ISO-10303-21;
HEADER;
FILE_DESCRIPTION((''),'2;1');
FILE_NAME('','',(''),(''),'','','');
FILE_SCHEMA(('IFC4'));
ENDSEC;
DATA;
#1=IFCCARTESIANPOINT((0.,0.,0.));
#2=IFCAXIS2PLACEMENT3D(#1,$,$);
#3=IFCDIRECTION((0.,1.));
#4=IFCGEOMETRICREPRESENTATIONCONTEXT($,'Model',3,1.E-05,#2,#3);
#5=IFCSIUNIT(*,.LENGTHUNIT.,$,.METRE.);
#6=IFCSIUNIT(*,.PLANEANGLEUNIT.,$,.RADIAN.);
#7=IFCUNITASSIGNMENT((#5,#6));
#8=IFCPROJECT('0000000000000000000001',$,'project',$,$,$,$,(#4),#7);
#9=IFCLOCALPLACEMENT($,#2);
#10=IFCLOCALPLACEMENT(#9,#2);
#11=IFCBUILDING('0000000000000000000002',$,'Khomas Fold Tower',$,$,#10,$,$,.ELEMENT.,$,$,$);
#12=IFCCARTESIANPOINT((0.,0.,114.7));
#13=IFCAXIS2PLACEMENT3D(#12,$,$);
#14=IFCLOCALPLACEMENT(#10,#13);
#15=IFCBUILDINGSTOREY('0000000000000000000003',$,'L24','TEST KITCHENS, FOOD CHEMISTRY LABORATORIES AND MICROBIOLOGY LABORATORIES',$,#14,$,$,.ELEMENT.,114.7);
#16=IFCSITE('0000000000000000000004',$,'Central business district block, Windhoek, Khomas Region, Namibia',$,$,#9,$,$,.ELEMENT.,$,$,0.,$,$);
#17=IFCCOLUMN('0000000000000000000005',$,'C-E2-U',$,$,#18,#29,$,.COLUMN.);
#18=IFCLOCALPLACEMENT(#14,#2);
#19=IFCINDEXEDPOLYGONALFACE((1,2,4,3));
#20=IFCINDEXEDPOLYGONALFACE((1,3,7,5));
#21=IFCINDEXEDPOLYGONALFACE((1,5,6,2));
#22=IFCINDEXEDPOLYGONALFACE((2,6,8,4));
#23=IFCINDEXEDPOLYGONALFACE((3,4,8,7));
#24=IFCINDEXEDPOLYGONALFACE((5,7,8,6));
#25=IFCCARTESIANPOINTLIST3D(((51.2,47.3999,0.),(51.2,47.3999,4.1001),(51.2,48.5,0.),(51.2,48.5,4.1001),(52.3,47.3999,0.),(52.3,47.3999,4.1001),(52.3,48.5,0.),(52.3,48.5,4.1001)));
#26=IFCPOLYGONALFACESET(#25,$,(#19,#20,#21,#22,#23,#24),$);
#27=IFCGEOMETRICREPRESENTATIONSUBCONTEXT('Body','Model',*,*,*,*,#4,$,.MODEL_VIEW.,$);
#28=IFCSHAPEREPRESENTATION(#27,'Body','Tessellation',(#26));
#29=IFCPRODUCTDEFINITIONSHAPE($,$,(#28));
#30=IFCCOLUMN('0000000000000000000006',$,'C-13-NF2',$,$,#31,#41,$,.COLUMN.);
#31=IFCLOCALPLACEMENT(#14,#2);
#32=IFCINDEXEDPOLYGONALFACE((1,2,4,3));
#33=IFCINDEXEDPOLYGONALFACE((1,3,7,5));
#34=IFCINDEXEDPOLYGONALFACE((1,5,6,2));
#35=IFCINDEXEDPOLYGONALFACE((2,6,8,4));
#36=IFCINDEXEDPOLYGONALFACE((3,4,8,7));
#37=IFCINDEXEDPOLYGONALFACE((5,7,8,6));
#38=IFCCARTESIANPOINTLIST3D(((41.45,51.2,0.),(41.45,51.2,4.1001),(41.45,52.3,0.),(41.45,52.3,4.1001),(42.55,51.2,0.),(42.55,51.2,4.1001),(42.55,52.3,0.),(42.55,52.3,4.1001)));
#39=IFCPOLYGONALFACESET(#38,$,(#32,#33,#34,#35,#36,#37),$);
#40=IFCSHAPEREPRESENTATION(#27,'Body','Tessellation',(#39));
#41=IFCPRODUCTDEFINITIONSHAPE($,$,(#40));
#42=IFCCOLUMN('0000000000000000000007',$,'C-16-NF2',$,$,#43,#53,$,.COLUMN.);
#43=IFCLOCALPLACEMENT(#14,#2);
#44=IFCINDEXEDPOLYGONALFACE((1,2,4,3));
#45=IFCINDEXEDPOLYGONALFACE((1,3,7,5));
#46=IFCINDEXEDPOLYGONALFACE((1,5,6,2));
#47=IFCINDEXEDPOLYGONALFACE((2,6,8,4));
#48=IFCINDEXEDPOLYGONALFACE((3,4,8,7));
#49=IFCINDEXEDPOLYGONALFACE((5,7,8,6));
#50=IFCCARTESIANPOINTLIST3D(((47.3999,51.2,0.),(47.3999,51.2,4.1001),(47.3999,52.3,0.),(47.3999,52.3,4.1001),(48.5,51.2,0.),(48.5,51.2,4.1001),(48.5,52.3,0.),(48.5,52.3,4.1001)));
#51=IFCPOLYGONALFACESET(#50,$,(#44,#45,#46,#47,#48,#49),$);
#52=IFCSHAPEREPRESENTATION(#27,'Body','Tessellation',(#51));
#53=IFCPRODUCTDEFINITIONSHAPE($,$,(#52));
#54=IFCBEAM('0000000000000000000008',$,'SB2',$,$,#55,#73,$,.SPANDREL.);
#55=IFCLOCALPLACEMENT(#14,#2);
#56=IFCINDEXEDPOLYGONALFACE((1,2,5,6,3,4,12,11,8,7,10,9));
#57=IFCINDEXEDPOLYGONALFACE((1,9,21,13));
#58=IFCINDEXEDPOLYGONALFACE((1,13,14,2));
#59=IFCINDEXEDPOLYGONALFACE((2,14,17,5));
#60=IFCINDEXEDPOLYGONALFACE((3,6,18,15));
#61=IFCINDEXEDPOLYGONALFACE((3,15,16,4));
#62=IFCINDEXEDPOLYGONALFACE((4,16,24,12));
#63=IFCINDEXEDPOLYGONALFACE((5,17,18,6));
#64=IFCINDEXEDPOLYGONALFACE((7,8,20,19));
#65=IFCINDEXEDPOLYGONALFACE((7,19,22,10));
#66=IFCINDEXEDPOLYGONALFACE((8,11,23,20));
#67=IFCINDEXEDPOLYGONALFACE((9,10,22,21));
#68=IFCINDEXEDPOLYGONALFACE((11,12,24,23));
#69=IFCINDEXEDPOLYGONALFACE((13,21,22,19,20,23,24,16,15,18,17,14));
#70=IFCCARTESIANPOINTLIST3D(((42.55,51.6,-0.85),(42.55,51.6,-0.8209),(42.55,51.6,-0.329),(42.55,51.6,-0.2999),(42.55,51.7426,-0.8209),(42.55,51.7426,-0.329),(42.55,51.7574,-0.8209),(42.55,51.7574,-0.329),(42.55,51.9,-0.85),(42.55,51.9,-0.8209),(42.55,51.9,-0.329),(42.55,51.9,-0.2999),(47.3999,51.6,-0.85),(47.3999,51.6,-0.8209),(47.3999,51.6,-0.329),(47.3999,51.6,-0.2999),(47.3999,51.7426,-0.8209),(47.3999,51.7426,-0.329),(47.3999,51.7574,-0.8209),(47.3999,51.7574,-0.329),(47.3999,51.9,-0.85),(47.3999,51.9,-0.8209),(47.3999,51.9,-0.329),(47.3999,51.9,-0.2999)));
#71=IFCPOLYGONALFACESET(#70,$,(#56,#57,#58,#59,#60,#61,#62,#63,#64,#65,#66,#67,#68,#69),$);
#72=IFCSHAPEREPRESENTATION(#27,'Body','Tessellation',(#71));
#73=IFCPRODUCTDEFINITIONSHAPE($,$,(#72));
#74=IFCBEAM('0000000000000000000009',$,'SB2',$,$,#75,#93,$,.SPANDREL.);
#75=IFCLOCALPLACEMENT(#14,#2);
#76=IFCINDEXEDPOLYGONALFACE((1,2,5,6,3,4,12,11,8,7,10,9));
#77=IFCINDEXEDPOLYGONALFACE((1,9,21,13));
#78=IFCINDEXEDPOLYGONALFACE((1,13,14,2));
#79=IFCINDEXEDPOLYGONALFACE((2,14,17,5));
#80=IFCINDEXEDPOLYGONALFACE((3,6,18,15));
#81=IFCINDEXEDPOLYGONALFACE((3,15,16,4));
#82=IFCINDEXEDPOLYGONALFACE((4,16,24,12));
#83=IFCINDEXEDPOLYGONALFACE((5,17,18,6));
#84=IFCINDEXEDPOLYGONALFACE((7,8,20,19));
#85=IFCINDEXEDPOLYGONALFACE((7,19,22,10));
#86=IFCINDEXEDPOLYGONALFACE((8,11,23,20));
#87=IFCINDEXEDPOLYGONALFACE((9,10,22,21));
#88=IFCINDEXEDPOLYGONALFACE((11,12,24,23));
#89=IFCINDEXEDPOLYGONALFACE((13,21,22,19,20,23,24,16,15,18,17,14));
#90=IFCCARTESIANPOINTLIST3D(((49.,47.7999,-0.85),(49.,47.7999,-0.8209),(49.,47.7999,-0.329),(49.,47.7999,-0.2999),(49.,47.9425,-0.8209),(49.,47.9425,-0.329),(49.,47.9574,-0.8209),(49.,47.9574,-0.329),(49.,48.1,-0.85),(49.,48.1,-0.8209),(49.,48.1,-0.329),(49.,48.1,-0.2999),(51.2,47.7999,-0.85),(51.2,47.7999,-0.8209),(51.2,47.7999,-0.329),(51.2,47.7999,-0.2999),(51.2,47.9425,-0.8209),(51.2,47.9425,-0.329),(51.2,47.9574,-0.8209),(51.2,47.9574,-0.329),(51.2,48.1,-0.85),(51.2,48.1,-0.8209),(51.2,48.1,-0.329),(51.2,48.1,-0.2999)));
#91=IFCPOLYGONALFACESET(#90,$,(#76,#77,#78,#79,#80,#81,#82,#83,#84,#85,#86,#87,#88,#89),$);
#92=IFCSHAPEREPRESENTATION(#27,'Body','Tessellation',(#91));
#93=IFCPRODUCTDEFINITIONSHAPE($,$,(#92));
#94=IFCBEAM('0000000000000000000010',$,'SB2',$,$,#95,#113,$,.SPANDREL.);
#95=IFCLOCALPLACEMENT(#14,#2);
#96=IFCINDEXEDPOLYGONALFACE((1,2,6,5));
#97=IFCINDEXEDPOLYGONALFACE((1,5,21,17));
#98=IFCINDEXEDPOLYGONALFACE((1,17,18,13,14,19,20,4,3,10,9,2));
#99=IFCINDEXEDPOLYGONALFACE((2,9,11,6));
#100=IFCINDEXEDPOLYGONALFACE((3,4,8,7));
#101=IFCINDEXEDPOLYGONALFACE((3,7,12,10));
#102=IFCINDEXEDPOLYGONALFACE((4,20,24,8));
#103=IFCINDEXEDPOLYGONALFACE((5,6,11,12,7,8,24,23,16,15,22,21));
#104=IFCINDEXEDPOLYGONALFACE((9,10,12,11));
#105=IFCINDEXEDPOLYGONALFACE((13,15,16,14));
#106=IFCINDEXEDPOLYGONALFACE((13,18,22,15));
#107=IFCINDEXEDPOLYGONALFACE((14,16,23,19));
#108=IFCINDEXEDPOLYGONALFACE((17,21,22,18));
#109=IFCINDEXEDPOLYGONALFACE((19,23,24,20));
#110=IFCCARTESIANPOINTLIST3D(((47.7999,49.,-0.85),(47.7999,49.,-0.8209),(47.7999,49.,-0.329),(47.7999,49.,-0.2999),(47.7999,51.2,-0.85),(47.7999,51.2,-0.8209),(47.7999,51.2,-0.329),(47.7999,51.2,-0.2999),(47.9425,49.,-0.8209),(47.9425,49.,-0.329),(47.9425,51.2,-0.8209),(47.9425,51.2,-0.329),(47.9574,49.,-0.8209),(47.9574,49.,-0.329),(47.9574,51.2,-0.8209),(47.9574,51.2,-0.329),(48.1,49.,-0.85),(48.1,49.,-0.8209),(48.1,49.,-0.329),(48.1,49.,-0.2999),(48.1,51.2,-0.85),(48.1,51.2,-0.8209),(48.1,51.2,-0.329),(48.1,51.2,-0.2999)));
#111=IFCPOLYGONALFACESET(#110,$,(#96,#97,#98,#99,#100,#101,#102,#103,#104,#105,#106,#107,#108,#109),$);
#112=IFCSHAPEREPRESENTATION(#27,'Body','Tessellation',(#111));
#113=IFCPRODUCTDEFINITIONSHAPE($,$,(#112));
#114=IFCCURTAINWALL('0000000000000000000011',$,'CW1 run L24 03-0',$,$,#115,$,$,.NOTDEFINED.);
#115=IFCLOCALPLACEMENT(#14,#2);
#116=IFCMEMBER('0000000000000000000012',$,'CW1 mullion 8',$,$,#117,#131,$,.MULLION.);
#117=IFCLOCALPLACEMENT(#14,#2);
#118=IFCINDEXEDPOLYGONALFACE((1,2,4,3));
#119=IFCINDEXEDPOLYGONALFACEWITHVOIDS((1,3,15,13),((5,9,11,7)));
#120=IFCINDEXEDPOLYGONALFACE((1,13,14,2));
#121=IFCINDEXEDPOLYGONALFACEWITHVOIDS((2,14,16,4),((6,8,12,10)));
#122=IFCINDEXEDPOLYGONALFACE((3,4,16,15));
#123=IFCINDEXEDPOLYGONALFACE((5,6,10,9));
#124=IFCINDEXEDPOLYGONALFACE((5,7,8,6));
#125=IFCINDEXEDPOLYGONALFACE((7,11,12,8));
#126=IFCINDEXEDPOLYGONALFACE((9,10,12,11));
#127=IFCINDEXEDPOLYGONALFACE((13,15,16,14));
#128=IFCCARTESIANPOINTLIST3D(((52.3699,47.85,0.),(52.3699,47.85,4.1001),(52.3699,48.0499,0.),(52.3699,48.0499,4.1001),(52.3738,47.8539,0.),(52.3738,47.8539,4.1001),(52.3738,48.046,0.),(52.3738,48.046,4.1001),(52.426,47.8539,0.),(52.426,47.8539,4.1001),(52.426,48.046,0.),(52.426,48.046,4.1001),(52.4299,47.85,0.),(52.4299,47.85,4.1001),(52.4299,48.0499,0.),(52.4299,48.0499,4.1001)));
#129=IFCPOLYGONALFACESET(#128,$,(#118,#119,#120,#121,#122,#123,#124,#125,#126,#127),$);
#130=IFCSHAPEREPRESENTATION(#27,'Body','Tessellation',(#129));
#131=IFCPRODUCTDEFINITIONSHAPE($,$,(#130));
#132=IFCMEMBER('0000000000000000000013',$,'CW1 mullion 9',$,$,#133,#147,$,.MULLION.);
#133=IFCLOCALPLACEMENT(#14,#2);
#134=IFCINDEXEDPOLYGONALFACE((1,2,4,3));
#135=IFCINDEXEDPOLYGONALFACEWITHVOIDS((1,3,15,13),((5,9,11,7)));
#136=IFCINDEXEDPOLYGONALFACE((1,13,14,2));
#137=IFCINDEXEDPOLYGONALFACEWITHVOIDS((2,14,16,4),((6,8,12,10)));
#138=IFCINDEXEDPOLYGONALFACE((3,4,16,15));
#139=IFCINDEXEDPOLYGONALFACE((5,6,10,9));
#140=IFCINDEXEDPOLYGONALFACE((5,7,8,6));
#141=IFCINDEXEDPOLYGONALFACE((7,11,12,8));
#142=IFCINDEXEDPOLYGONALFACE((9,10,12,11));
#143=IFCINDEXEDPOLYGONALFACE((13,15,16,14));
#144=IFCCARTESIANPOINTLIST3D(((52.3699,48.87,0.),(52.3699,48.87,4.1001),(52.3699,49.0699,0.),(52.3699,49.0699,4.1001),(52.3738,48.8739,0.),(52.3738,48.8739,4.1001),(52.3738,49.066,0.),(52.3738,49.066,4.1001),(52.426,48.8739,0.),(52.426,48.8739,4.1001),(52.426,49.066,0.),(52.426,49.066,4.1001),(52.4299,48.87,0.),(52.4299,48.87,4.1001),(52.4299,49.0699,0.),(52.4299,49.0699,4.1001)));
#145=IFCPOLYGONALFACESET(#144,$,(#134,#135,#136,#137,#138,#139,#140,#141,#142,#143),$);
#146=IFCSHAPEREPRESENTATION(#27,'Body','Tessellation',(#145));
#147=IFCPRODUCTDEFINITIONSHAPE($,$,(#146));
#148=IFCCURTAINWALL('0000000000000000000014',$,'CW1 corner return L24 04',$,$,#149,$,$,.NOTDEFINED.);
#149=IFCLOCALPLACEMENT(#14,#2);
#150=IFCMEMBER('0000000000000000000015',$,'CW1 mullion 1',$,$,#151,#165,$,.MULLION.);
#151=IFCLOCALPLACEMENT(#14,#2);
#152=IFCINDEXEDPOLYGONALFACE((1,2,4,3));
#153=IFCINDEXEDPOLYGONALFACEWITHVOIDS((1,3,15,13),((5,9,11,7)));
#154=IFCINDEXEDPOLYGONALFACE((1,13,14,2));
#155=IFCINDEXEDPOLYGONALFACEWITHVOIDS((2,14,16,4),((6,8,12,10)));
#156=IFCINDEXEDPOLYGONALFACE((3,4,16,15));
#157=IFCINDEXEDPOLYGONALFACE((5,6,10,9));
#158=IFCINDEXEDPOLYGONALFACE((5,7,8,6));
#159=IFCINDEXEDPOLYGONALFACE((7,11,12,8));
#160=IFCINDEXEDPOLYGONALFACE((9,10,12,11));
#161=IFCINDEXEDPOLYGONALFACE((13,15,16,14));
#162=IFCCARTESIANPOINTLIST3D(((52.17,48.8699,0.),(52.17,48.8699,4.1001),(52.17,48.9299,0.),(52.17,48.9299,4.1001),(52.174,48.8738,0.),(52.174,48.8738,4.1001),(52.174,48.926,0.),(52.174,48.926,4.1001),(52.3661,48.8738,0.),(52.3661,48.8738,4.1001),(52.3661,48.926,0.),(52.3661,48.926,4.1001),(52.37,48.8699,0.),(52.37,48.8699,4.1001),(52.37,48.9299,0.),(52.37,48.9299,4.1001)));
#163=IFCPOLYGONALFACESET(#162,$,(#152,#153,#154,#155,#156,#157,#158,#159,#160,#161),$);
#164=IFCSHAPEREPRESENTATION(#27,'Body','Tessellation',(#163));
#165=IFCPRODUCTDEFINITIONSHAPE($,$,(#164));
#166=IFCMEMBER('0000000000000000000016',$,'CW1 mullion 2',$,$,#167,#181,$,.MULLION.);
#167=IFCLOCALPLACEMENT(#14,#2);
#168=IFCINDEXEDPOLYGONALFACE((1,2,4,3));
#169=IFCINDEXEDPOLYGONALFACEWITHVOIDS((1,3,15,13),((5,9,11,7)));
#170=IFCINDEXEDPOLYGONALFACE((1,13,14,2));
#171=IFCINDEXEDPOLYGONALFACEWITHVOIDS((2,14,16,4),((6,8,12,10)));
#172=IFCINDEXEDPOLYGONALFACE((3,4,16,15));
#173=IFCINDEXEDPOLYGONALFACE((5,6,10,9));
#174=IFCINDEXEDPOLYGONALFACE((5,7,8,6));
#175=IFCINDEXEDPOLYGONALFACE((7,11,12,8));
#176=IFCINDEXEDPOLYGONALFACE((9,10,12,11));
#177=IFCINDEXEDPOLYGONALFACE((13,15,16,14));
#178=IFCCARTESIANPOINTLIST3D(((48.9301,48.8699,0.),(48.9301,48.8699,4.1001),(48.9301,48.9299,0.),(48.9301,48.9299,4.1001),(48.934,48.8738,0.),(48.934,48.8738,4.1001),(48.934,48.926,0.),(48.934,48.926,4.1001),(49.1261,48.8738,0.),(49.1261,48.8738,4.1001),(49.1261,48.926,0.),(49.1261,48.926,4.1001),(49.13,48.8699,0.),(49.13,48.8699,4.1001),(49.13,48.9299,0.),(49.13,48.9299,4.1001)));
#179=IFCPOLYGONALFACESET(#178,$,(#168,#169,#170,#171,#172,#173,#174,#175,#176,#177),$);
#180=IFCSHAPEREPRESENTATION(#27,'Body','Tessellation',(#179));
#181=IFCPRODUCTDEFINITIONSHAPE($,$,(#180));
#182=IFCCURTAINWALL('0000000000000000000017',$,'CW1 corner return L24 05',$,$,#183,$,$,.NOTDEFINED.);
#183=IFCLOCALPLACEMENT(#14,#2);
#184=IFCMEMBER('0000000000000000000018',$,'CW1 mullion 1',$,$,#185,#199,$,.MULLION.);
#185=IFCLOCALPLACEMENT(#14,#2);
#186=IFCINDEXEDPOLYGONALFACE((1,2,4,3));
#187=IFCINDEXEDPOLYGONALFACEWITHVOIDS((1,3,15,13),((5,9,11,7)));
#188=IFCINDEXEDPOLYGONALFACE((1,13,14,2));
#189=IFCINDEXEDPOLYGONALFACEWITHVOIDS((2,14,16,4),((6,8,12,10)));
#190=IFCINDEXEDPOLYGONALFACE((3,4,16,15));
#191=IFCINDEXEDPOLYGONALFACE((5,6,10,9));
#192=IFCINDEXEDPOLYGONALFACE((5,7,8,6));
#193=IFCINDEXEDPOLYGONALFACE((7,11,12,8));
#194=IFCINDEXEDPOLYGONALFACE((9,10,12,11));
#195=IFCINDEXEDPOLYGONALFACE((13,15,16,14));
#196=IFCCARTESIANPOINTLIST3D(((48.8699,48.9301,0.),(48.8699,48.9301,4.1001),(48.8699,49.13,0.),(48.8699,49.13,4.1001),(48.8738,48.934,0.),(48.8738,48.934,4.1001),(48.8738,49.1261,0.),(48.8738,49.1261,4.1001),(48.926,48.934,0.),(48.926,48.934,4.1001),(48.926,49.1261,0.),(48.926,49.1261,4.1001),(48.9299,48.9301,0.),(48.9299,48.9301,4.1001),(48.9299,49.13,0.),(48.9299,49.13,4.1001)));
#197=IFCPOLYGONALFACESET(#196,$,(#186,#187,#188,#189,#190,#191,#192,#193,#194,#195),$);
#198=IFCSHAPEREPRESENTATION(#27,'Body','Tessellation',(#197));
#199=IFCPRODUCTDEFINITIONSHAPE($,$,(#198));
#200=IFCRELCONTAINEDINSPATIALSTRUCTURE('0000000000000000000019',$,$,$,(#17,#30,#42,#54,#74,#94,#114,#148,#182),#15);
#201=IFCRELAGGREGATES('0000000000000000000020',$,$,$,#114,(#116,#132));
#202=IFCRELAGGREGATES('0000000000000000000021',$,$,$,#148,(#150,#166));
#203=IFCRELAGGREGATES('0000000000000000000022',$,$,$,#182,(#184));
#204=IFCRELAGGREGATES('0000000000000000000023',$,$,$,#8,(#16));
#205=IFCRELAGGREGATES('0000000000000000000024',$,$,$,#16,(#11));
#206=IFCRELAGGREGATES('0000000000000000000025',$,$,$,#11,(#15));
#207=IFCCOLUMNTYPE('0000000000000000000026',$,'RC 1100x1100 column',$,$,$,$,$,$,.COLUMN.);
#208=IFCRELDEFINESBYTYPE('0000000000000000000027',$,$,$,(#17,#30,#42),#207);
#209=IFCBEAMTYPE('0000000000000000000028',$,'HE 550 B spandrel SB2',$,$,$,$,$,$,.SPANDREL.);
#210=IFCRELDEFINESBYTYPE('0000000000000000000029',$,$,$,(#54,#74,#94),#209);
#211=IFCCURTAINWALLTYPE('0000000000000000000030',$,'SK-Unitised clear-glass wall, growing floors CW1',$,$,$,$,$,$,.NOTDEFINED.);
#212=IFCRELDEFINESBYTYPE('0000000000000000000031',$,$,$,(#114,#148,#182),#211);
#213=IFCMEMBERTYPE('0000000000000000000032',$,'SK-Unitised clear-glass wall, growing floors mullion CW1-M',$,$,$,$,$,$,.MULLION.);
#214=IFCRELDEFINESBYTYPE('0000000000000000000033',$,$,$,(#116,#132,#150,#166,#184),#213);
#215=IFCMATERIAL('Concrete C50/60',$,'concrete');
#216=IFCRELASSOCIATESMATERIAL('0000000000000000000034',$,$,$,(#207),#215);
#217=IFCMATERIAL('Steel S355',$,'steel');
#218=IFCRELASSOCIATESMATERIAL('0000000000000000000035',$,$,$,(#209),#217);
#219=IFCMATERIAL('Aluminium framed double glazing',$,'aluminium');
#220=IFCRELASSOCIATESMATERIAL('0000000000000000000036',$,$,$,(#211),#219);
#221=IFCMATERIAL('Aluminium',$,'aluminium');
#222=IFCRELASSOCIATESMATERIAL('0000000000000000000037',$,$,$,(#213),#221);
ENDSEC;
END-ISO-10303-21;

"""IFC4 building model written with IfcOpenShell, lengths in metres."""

from ifc_helpers import new_model, si_unit, direction, frame, origin, origin_2d, place, context, subcontext, project, spatial, rectangle, hollow_rectangle, i_section, extrude, source, transform, mapped, material, material_profile, profile_set, type_object, element, aggregate, save


model = new_model("IFC4")

# Units and contexts
model_context = context("Model", 3, precision=1e-05, world=origin(), true_north=direction((0.0, 1.0)))
body_context = subcontext(model_context, "Body", "Model", "MODEL_VIEW")
ifc_project = project(units=[si_unit("LENGTHUNIT", "METRE"), si_unit("PLANEANGLEUNIT", "RADIAN")], contexts=[model_context])

# Site, building, storey
site_placement = place(None, origin())
site = spatial("IfcSite", under=ifc_project, at=site_placement, Name="Central business district block, Windhoek, Khomas Region, Namibia", CompositionType="ELEMENT", RefElevation=0.0)
building_placement = place(site_placement, origin())
building = spatial("IfcBuilding", under=site, at=building_placement, Name="Khomas Fold Tower", CompositionType="ELEMENT")
storey_placement = place(building_placement, frame((0.0, 0.0, 114.7)))
storey = spatial("IfcBuildingStorey", under=building, at=storey_placement, Name="L24", Description="TEST KITCHENS, FOOD CHEMISTRY LABORATORIES AND MICROBIOLOGY LABORATORIES", CompositionType="ELEMENT", Elevation=114.7)

# Columns
ifc_material_1 = material(Name="Concrete C50/60", Category="concrete")
ifc_material_profile_1 = material_profile(ifc_material_1, rectangle(XDim=1.1001, YDim=1.1001, at=origin_2d()), Name="RC 1100x1100")
ifc_profile_set_1 = profile_set([ifc_material_profile_1], Name="Concrete C50/60")
column_type = type_object("IfcColumnType", Name="RC 1100x1100 column", PredefinedType="COLUMN", material=ifc_profile_set_1)
shared_shape_1 = source(origin(), body_context, "Body", "SweptSolid", [
    extrude(rectangle(XDim=1.1001, YDim=1.1001, at=origin_2d()), origin(), (0.0, 0.0, 1.0), 4.1001),
])
for number, where, z_axis, x_axis, name in (
    (1, (51.75, 47.95, 0.0), (0.0, 0.0, 1.0), (1.0, 0.0, 0.0), "C-E2-U"),
    (2, (42.0, 51.75, 0.0), (0.0, 0.0, 1.0), (1.0, 0.0, 0.0), "C-13-NF2"),
    (3, (47.95, 51.75, 0.0), (0.0, 0.0, 1.0), (1.0, 0.0, 0.0), "C-16-NF2"),
):
    element("IfcColumn", number, at=place(storey_placement, frame(where, z_axis=z_axis, x_axis=x_axis)), inside=storey, type_object=column_type, Name=name, PredefinedType="COLUMN", context=body_context, shape_type="MappedRepresentation", body=[
        mapped(shared_shape_1, transform((0.0, 0.0, 0.0))),
    ])

# Beams
ifc_material_2 = material(Name="Steel S355", Category="steel")
ifc_material_profile_2 = material_profile(ifc_material_2, i_section(OverallWidth=0.3, OverallDepth=0.55, WebThickness=0.0149, FlangeThickness=0.0291, at=origin_2d()), Name="HE 550 B")
ifc_profile_set_2 = profile_set([ifc_material_profile_2], Name="Steel S355")
beam_type = type_object("IfcBeamType", Name="HE 550 B spandrel SB2", PredefinedType="SPANDREL", material=ifc_profile_set_2)
shared_shape_2 = source(origin(), body_context, "Body", "SweptSolid", [
    extrude(i_section(OverallWidth=0.3, OverallDepth=0.55, WebThickness=0.0149, FlangeThickness=0.0291, at=origin_2d()), origin(), (0.0, 0.0, 1.0), 4.8499),
])
beam_placement = place(storey_placement, frame((42.55, 51.75, -0.575), z_axis=(1.0, 0.0, 0.0), x_axis=(0.0, 1.0, 0.0)))
element("IfcBeam", 4, at=beam_placement, inside=storey, type_object=beam_type, Name="SB2", PredefinedType="SPANDREL", context=body_context, shape_type="MappedRepresentation", body=[
    mapped(shared_shape_2, transform((0.0, 0.0, 0.0))),
])
shared_shape_3 = source(origin(), body_context, "Body", "SweptSolid", [
    extrude(i_section(OverallWidth=0.3, OverallDepth=0.55, WebThickness=0.0149, FlangeThickness=0.0291, at=origin_2d()), origin(), (0.0, 0.0, 1.0), 2.2),
])
for number, where, z_axis, x_axis, name in (
    (5, (49.0, 47.95, -0.575), (1.0, 0.0, 0.0), (0.0, 1.0, 0.0), "SB2"),
    (6, (47.95, 49.0, -0.575), (0.0, 1.0, 0.0), (-1.0, 0.0, 0.0), "SB2"),
):
    element("IfcBeam", number, at=place(storey_placement, frame(where, z_axis=z_axis, x_axis=x_axis)), inside=storey, type_object=beam_type, Name=name, PredefinedType="SPANDREL", context=body_context, shape_type="MappedRepresentation", body=[
        mapped(shared_shape_3, transform((0.0, 0.0, 0.0))),
    ])

# Curtain walls, members
ifc_material_3 = material(Name="Aluminium framed double glazing", Category="aluminium")
curtain_wall_type = type_object("IfcCurtainWallType", Name="SK-Unitised clear-glass wall, growing floors CW1", PredefinedType="NOTDEFINED", material=ifc_material_3)
curtain_wall_1_placement = place(storey_placement, origin())
curtain_wall_1 = element("IfcCurtainWall", 7, at=curtain_wall_1_placement, inside=storey, type_object=curtain_wall_type, Name="CW1 run L24 03-0", PredefinedType="NOTDEFINED")
ifc_material_4 = material(Name="Aluminium", Category="aluminium")
ifc_material_profile_3 = material_profile(ifc_material_4, hollow_rectangle(XDim=0.0601, YDim=0.2, WallThickness=0.0039, at=origin_2d()), Name="SK-Unitised clear-glass wall, growing floors mullion CW1-M")
ifc_profile_set_3 = profile_set([ifc_material_profile_3], Name="Aluminium")
member_type_1 = type_object("IfcMemberType", Name="SK-Unitised clear-glass wall, growing floors mullion CW1-M", PredefinedType="MULLION", material=ifc_profile_set_3)
shared_shape_4 = source(origin(), body_context, "Body", "SweptSolid", [
    extrude(hollow_rectangle(XDim=0.0601, YDim=0.2, WallThickness=0.0039, at=origin_2d()), origin(), (0.0, 0.0, 1.0), 4.1001),
])
member_1_placement = place(storey_placement, frame((52.3999, 47.95, 0.0), z_axis=(0.0, 0.0, 1.0), x_axis=(-1.0, 0.0, 0.0)))
member_1 = element("IfcMember", 8, at=member_1_placement, type_object=member_type_1, Name="CW1 mullion 8", PredefinedType="MULLION", context=body_context, shape_type="MappedRepresentation", body=[
    mapped(shared_shape_4, transform((0.0, 0.0, 0.0))),
])
member_2_placement = place(storey_placement, frame((52.3999, 48.97, 0.0), z_axis=(0.0, 0.0, 1.0), x_axis=(-1.0, 0.0, 0.0)))
member_2 = element("IfcMember", 9, at=member_2_placement, type_object=member_type_1, Name="CW1 mullion 9", PredefinedType="MULLION", context=body_context, shape_type="MappedRepresentation", body=[
    mapped(shared_shape_4, transform((0.0, 0.0, 0.0))),
])
curtain_wall_2_placement = place(storey_placement, origin())
curtain_wall_2 = element("IfcCurtainWall", 10, at=curtain_wall_2_placement, inside=storey, type_object=curtain_wall_type, Name="CW1 corner return L24 04", PredefinedType="NOTDEFINED")
member_3_placement = place(storey_placement, frame((52.27, 48.8999, 0.0), z_axis=(0.0, 0.0, 1.0), x_axis=(0.0, -1.0, 0.0)))
member_3 = element("IfcMember", 11, at=member_3_placement, type_object=member_type_1, Name="CW1 mullion 1", PredefinedType="MULLION", context=body_context, shape_type="MappedRepresentation", body=[
    mapped(shared_shape_4, transform((0.0, 0.0, 0.0))),
])
member_4_placement = place(storey_placement, frame((49.03, 48.8999, 0.0), z_axis=(0.0, 0.0, 1.0), x_axis=(0.0, -1.0, 0.0)))
member_4 = element("IfcMember", 12, at=member_4_placement, type_object=member_type_1, Name="CW1 mullion 2", PredefinedType="MULLION", context=body_context, shape_type="MappedRepresentation", body=[
    mapped(shared_shape_4, transform((0.0, 0.0, 0.0))),
])
curtain_wall_3_placement = place(storey_placement, origin())
curtain_wall_3 = element("IfcCurtainWall", 13, at=curtain_wall_3_placement, inside=storey, type_object=curtain_wall_type, Name="CW1 corner return L24 05", PredefinedType="NOTDEFINED")
member_5_placement = place(storey_placement, frame((48.8999, 49.03, 0.0), z_axis=(0.0, 0.0, 1.0), x_axis=(-1.0, 0.0, 0.0)))
member_5 = element("IfcMember", 14, at=member_5_placement, type_object=member_type_1, Name="CW1 mullion 1", PredefinedType="MULLION", context=body_context, shape_type="MappedRepresentation", body=[
    mapped(shared_shape_4, transform((0.0, 0.0, 0.0))),
])

aggregate(curtain_wall_1, [member_1, member_2])
aggregate(curtain_wall_2, [member_3, member_4])
aggregate(curtain_wall_3, [member_5])

save(model, "model.ifc")
